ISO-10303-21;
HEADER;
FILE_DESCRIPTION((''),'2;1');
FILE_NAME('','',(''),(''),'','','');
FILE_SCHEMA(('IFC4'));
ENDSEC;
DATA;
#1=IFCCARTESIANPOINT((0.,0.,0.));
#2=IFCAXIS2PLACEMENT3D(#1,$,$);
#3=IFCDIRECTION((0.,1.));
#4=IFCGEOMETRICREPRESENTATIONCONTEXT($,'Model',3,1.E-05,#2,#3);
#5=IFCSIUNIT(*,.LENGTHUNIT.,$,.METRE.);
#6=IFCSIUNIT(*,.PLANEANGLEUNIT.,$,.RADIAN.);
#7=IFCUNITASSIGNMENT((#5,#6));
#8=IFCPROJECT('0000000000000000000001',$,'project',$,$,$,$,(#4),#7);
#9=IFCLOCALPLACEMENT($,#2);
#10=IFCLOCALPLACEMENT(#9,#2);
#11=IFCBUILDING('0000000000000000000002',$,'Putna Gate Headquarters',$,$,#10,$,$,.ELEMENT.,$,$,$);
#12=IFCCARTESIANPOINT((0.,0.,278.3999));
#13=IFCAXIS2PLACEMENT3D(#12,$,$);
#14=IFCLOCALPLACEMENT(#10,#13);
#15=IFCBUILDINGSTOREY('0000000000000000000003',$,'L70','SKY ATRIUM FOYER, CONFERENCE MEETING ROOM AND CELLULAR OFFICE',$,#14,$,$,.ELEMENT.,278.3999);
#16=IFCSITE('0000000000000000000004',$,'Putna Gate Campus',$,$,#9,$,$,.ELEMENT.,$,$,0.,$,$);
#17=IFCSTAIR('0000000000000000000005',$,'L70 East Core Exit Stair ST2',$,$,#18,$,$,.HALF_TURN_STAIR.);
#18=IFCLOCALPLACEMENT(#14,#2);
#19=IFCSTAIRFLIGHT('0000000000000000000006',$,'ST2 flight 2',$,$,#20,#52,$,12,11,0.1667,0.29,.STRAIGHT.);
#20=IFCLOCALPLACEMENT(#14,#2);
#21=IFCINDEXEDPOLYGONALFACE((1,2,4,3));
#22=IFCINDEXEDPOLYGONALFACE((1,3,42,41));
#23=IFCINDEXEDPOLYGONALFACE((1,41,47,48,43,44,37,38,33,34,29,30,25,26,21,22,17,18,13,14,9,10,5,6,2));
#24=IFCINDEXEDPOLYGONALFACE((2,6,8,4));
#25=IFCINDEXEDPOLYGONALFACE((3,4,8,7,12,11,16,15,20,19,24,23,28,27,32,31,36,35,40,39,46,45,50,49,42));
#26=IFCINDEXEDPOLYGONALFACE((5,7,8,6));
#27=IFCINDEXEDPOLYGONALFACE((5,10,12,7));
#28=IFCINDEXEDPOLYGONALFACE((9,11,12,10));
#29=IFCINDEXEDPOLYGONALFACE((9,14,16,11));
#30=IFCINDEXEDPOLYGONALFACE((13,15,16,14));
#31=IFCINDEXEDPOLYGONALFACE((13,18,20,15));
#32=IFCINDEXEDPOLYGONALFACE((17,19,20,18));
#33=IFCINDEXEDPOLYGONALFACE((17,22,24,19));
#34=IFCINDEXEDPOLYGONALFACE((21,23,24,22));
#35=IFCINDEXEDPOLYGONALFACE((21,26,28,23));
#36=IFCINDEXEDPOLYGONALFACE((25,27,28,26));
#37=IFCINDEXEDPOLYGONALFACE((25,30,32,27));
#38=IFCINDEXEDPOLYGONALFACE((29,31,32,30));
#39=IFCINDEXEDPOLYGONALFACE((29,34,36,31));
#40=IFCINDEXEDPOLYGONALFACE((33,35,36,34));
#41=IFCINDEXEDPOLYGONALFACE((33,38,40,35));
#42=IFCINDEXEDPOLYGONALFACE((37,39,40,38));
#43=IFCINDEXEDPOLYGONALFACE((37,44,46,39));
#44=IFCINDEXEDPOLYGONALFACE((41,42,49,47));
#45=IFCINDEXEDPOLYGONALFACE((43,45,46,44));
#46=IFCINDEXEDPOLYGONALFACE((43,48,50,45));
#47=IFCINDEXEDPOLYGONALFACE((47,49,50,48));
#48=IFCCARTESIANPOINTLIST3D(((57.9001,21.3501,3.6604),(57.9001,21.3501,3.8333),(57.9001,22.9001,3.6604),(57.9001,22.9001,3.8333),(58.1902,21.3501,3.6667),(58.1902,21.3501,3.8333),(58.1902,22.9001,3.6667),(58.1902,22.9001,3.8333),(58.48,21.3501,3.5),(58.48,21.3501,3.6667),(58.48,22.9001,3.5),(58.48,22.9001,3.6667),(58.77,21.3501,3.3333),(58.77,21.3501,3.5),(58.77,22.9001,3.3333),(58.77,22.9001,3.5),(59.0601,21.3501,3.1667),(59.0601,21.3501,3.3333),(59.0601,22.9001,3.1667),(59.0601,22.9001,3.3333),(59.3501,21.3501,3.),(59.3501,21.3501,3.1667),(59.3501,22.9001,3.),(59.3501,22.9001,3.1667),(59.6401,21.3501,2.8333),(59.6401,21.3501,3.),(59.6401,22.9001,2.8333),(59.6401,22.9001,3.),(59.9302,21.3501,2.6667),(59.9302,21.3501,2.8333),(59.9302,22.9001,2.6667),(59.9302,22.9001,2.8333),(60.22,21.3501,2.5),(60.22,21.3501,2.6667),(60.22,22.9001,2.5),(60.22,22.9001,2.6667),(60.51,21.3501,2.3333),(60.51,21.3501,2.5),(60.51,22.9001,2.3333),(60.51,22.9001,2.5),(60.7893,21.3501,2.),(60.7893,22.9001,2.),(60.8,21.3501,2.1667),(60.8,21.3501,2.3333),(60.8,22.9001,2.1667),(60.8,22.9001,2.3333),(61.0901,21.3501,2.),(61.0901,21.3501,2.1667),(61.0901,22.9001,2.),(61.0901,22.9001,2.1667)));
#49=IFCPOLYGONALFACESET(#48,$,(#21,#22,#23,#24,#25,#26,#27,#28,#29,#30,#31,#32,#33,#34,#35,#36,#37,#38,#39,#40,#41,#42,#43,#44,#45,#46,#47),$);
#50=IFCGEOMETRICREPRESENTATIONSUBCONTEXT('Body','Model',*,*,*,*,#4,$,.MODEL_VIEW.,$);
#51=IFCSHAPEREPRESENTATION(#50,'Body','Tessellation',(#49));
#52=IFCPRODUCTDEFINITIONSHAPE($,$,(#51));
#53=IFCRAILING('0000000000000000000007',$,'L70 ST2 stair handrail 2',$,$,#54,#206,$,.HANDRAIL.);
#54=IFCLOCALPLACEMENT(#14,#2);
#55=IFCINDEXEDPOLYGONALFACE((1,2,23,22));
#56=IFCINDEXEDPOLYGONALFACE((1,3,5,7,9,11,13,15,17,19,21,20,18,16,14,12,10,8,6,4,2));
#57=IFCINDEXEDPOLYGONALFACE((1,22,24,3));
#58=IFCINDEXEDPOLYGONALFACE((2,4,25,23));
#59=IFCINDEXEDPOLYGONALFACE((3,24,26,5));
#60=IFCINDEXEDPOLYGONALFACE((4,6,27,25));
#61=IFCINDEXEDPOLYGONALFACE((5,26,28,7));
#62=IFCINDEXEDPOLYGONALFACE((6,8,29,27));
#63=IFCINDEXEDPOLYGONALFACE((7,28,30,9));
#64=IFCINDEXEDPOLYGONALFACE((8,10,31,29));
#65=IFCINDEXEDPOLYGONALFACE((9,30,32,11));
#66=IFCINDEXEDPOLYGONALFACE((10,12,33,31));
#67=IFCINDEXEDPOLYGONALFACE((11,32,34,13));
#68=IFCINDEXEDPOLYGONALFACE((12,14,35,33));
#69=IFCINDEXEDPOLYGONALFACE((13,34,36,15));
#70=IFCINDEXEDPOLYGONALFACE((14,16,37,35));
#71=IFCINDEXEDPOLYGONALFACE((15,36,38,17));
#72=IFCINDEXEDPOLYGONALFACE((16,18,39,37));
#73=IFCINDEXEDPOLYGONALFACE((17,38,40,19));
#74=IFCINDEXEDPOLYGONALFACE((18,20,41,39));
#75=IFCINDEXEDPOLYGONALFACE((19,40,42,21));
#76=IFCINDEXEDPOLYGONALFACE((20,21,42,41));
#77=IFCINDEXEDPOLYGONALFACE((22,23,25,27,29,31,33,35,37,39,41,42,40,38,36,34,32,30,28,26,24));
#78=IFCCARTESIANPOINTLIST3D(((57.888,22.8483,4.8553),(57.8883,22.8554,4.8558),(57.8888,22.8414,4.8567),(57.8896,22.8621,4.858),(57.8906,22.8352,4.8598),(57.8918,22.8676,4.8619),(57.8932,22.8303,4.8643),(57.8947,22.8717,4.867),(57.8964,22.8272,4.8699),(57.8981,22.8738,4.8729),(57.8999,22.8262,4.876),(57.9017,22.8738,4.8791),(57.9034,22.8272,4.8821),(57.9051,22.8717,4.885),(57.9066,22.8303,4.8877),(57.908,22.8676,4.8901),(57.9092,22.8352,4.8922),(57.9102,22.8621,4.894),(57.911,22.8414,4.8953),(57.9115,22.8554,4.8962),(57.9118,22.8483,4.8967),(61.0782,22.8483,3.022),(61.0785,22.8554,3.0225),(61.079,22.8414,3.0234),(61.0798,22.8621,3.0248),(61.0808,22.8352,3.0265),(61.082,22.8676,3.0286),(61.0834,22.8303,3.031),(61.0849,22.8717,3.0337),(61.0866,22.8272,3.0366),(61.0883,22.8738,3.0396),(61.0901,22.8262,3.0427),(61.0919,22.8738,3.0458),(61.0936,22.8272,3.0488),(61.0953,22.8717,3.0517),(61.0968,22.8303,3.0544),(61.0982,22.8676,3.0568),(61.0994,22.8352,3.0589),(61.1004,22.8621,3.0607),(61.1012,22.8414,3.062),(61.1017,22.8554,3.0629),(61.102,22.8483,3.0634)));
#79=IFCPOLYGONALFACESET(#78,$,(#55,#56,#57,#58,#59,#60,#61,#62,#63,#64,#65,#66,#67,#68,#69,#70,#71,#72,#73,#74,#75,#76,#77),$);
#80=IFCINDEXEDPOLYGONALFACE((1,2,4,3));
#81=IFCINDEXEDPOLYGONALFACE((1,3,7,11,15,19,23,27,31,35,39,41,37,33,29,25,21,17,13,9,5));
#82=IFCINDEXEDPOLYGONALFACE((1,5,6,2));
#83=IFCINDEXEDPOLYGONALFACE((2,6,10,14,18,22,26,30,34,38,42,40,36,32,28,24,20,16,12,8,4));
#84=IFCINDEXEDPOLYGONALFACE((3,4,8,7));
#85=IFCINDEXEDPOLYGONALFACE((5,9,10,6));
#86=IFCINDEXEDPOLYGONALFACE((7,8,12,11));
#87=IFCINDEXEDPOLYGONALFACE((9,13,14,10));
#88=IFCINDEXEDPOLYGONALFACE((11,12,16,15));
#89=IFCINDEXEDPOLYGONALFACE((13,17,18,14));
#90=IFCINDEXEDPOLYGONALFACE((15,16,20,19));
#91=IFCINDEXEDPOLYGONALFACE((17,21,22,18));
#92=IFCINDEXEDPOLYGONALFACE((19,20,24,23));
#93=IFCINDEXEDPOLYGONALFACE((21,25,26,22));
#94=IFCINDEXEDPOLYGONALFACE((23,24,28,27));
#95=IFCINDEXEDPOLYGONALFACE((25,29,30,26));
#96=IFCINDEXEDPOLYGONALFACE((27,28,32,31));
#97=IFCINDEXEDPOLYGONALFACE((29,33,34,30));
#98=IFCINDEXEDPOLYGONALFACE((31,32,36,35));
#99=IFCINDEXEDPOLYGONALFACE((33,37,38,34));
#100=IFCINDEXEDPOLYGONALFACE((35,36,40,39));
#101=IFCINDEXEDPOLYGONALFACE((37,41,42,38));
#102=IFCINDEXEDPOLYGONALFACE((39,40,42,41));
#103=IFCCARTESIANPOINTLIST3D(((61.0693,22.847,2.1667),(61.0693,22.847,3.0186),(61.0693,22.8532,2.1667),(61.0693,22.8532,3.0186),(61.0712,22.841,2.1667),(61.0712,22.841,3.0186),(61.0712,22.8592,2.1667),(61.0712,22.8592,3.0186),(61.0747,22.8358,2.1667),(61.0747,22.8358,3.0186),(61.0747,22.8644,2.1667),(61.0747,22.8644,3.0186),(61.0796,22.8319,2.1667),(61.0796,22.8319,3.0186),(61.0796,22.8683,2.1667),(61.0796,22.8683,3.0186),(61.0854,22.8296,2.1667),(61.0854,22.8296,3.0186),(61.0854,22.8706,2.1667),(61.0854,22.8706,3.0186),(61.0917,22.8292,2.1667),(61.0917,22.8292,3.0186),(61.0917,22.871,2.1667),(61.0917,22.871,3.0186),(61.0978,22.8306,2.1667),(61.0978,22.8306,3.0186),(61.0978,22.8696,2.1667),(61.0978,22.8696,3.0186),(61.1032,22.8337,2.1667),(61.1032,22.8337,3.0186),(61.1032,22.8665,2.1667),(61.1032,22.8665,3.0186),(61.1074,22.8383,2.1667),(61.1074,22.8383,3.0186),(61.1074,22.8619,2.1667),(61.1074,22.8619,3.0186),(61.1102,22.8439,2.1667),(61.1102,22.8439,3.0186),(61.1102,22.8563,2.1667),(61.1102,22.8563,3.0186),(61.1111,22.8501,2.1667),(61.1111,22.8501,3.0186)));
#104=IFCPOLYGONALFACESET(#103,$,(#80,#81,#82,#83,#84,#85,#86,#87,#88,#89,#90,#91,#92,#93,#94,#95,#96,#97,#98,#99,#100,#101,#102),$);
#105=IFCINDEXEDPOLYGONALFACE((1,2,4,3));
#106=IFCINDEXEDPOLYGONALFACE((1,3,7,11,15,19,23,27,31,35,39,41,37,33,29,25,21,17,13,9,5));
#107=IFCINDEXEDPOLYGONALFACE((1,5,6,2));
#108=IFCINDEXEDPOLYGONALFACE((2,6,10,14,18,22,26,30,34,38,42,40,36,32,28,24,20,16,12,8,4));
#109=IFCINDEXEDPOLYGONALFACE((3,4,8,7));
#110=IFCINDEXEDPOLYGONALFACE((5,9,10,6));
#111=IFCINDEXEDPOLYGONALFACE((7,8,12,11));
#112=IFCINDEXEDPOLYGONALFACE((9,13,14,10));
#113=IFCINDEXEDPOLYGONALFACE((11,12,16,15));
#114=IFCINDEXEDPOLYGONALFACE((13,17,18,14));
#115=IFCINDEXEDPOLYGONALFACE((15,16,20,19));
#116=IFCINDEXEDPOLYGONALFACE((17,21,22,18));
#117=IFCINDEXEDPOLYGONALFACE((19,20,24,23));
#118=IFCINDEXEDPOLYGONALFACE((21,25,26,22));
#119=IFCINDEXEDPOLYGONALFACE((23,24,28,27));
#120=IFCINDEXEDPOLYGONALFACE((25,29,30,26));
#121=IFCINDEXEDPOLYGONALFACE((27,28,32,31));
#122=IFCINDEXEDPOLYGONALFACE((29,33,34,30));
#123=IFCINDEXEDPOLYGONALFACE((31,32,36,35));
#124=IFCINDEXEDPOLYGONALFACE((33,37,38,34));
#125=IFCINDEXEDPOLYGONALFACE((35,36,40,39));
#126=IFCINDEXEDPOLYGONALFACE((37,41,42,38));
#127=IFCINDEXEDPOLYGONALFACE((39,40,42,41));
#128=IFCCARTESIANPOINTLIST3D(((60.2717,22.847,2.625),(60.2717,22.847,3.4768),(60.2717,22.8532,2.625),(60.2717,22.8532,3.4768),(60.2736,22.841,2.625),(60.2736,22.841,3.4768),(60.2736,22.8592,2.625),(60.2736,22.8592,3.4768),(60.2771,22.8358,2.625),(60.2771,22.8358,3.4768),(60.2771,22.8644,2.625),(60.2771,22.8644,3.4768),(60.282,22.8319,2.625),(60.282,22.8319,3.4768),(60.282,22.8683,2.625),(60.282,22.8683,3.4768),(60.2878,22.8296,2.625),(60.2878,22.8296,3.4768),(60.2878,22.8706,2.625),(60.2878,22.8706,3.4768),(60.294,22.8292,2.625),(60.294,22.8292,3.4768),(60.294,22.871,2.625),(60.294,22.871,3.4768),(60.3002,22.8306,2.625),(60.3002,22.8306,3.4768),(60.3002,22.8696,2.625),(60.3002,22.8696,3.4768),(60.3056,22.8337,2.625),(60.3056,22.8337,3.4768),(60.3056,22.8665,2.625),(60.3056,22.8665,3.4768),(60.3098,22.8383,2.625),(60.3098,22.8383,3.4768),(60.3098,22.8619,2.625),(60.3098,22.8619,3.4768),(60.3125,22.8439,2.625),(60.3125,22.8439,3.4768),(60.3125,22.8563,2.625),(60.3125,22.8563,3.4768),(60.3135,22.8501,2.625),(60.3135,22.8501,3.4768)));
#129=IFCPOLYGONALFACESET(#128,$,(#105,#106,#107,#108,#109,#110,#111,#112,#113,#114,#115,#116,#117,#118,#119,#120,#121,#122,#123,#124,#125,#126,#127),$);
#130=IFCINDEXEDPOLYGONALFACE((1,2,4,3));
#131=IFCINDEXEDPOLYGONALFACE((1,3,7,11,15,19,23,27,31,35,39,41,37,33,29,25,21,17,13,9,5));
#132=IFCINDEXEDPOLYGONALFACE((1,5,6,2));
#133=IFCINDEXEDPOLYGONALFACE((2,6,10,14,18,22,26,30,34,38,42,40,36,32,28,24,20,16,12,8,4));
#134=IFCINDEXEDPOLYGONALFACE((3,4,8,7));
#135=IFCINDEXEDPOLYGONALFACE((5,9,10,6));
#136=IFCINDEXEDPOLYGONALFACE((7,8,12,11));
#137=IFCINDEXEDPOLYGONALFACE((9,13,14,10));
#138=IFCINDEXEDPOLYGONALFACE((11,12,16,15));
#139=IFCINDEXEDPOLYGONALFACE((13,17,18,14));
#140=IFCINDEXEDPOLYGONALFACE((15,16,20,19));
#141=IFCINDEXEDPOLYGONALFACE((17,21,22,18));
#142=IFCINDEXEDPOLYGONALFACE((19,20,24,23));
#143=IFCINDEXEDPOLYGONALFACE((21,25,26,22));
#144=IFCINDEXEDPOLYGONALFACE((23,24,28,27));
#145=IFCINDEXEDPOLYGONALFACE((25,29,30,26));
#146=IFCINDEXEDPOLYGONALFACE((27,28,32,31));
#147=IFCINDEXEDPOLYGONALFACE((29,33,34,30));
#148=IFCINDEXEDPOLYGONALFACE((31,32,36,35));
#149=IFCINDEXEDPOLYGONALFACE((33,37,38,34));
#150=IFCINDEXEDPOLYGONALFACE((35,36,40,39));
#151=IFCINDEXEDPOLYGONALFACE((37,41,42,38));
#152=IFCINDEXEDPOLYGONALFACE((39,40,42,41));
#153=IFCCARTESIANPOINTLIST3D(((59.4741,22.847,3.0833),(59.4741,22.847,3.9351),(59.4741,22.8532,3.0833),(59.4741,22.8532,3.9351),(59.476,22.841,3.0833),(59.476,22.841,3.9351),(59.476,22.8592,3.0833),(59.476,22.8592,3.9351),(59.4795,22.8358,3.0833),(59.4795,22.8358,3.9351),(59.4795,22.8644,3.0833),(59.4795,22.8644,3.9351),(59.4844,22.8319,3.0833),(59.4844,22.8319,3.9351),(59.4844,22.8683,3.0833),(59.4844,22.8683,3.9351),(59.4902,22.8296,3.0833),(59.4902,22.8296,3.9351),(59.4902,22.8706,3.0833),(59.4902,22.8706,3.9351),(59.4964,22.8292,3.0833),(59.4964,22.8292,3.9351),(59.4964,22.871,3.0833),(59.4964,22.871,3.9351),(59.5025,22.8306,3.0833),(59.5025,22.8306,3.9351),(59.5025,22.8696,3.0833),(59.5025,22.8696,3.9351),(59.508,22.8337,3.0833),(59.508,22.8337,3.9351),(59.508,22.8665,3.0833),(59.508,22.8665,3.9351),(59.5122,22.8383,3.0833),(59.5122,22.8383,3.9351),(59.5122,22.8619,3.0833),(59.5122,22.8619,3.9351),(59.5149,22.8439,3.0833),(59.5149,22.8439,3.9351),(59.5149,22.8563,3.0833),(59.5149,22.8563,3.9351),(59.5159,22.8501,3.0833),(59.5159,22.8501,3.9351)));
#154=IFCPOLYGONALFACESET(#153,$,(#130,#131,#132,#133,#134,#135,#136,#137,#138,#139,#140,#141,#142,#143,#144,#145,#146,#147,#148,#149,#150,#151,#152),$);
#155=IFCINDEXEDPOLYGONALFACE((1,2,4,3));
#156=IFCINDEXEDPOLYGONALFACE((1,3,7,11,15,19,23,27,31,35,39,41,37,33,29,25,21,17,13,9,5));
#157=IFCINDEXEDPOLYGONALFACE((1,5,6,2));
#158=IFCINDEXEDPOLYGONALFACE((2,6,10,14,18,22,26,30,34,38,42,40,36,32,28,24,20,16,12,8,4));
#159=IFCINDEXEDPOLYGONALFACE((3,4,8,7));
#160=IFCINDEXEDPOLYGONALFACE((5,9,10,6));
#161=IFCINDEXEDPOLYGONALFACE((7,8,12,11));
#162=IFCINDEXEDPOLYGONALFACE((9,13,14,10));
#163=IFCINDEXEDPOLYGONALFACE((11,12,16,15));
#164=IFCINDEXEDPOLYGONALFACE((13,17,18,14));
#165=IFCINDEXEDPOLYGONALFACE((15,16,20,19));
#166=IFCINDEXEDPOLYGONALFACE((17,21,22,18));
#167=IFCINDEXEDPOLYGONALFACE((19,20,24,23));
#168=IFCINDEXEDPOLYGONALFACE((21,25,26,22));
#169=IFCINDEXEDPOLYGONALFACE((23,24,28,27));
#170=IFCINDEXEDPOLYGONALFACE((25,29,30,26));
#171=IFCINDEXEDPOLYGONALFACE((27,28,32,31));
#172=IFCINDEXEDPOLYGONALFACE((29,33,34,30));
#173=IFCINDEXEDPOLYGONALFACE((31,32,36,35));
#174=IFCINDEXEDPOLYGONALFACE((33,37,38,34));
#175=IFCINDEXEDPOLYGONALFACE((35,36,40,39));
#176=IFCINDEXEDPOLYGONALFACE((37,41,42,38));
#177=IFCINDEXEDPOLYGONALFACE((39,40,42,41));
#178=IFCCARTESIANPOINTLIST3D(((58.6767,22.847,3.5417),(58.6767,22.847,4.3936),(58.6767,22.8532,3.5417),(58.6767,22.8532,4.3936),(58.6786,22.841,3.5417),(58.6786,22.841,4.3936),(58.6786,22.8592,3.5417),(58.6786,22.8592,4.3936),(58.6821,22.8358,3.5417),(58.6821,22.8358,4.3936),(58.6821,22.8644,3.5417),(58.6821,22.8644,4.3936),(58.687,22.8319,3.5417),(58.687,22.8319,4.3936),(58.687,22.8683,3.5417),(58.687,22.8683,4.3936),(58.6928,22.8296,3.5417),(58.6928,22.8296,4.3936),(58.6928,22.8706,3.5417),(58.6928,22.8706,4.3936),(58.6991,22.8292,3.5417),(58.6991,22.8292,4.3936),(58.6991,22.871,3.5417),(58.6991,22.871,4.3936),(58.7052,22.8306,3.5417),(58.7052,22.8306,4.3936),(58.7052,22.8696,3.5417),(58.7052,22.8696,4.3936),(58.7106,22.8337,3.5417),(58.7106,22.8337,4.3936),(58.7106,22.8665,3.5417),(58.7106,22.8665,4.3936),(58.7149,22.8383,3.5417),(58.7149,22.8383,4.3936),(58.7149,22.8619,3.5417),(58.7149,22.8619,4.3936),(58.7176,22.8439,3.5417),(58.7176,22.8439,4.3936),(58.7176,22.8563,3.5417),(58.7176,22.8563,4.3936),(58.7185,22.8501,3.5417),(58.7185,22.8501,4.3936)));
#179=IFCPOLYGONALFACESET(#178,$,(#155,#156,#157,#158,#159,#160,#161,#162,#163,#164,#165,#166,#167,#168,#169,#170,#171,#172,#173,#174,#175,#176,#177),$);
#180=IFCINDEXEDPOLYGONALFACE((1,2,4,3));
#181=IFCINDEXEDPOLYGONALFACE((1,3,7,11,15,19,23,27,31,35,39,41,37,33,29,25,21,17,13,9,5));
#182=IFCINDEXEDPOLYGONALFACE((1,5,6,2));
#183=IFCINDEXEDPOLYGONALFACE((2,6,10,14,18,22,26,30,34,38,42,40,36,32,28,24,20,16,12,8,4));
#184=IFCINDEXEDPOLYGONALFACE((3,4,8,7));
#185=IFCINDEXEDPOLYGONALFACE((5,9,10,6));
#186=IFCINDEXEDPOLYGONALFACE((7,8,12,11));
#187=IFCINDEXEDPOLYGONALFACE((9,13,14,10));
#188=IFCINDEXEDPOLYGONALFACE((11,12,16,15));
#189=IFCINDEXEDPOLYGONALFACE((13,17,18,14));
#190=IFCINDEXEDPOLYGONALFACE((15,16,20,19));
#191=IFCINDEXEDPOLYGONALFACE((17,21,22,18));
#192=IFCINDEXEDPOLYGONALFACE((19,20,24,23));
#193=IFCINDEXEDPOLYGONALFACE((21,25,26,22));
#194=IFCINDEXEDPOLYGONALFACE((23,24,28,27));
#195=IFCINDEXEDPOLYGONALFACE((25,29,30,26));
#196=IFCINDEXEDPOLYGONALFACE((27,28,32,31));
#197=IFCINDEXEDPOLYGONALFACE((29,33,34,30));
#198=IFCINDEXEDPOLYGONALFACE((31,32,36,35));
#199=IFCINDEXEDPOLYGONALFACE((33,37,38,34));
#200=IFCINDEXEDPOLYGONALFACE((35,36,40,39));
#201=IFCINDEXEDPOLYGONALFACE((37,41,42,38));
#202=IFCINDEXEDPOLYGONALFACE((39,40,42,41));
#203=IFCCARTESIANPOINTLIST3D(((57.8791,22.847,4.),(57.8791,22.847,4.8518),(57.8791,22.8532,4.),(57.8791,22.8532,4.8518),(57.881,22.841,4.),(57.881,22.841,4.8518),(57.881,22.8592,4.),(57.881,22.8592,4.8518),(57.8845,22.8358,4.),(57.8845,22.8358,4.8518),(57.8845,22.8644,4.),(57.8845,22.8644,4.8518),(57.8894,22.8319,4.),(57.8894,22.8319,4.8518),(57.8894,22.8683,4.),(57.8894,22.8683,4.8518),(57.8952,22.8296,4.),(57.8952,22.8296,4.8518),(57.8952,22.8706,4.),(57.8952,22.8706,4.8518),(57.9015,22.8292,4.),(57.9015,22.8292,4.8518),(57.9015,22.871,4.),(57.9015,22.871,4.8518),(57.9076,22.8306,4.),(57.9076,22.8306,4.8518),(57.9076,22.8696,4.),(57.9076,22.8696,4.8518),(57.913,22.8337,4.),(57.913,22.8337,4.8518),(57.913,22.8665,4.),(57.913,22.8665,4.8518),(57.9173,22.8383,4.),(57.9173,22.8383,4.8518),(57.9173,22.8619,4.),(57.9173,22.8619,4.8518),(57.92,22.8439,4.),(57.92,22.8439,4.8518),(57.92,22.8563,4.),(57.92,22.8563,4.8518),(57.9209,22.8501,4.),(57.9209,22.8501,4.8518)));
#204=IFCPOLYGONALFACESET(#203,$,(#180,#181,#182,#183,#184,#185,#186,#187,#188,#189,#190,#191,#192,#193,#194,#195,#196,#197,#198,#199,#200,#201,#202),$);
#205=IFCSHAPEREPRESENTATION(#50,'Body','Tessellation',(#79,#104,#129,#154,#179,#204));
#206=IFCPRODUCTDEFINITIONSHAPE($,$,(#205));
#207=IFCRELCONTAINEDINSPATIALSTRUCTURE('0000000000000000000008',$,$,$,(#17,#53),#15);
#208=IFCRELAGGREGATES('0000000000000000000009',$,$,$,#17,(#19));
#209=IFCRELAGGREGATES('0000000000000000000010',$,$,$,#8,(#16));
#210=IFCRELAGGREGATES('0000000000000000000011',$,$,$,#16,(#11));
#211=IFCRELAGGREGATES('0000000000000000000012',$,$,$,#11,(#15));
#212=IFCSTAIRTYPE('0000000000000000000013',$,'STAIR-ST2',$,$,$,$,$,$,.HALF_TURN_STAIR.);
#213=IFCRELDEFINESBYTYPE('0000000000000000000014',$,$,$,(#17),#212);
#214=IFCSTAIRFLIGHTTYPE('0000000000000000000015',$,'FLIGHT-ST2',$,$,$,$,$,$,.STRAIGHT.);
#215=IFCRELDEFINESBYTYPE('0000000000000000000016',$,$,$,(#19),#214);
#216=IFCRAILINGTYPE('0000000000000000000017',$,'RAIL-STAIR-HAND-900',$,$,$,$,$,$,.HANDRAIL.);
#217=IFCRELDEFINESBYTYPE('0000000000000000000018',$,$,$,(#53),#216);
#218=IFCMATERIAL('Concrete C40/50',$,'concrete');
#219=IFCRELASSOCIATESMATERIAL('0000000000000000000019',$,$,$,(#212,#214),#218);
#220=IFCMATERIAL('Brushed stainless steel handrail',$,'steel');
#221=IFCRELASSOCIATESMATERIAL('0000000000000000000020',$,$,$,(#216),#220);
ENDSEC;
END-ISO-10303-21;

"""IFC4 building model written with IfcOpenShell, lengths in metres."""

from ifc_helpers import new_model, si_unit, direction, frame, origin, origin_2d, place, context, subcontext, project, spatial, polyline, circle, outline, extrude, material, type_object, element, aggregate, save


model = new_model("IFC4")

# Units and contexts
model_context = context("Model", 3, precision=1e-05, world=origin(), true_north=direction((0.0, 1.0)))
body_context = subcontext(model_context, "Body", "Model", "MODEL_VIEW")
ifc_project = project(units=[si_unit("LENGTHUNIT", "METRE"), si_unit("PLANEANGLEUNIT", "RADIAN")], contexts=[model_context])

# Site, building, storey
site_placement = place(None, origin())
site = spatial("IfcSite", under=ifc_project, at=site_placement, Name="Putna Gate Campus", CompositionType="ELEMENT", RefElevation=0.0)
building_placement = place(site_placement, origin())
building = spatial("IfcBuilding", under=site, at=building_placement, Name="Putna Gate Headquarters", CompositionType="ELEMENT")
storey_placement = place(building_placement, frame((0.0, 0.0, 278.3999)))
storey = spatial("IfcBuildingStorey", under=building, at=storey_placement, Name="L70", Description="SKY ATRIUM FOYER, CONFERENCE MEETING ROOM AND CELLULAR OFFICE", CompositionType="ELEMENT", Elevation=278.3999)

# Shared definitions
ifc_material_1 = material(Name="Concrete C40/50", Category="concrete")

# Stair, stair flight
stair_type = type_object("IfcStairType", Name="STAIR-ST2", PredefinedType="HALF_TURN_STAIR", material=ifc_material_1)
stair_placement = place(storey_placement, origin())
stair = element("IfcStair", 1, at=stair_placement, inside=storey, type_object=stair_type, Name="L70 East Core Exit Stair ST2", PredefinedType="HALF_TURN_STAIR")
stair_flight_type = type_object("IfcStairFlightType", Name="FLIGHT-ST2", PredefinedType="STRAIGHT", material=ifc_material_1)
stair_flight_placement = place(storey_placement, frame((61.0901, 22.125, 2.0), z_axis=(0.0, 0.0, 1.0), x_axis=(-1.0, 0.0, 0.0)))
stair_flight = element("IfcStairFlight", 2, at=stair_flight_placement, type_object=stair_flight_type, Name="ST2 flight 2", NumberOfRisers=12, NumberOfTreads=11, PredefinedType="STRAIGHT", RiserHeight=0.1667, TreadLength=0.29, context=body_context, shape_type="SweptSolid", body=[
    extrude(outline(polyline([(0.0, 0.0), (0.0, 0.1667), (0.29, 0.1667), (0.29, 0.3333), (0.5801, 0.3333), (0.5801, 0.5), (0.8701, 0.5), (0.8701, 0.6667), (1.1599, 0.6667), (1.1599, 0.8333), (1.45, 0.8333), (1.45, 1.0), (1.74, 1.0), (1.74, 1.1667), (2.03, 1.1667), (2.03, 1.3333), (2.3201, 1.3333), (2.3201, 1.5), (2.6101, 1.5), (2.6101, 1.6667), (2.8999, 1.6667), (2.8999, 1.8333), (3.1899, 1.8333), (3.1899, 2.0), (3.1899, 1.6604), (0.3008, 0.0), (0.0, 0.0)])), frame((0.0, 0.7749, 0.0), z_axis=(0.0, -1.0, 0.0), x_axis=(1.0, 0.0, 0.0)), (0.0, 0.0, 1.0), 1.55),
])
aggregate(stair, [stair_flight])

# Railing
ifc_material_2 = material(Name="Brushed stainless steel handrail", Category="steel")
railing_type = type_object("IfcRailingType", Name="RAIL-STAIR-HAND-900", PredefinedType="HANDRAIL", material=ifc_material_2)
railing_placement = place(storey_placement, frame((61.0901, 22.8501, 2.1667)))
element("IfcRailing", 3, at=railing_placement, inside=storey, type_object=railing_type, Name="L70 ST2 stair handrail 2", PredefinedType="HANDRAIL", context=body_context, shape_type="SweptSolid", body=[
    extrude(circle(Radius=0.0239, at=origin_2d()), frame((0.0, 0.0, 0.876), z_axis=(-0.867036, 0.0, 0.498245), x_axis=(0.0, -1.0, 0.0)), (0.0, 0.0, 1.0), 3.6794),
    extrude(circle(Radius=0.021, at=origin_2d()), origin(), (0.0, 0.0, 1.0), 0.8518),
    extrude(circle(Radius=0.021, at=origin_2d()), frame((-0.7976, 0.0, 0.4583)), (0.0, 0.0, 1.0), 0.8518),
    extrude(circle(Radius=0.021, at=origin_2d()), frame((-1.5952, 0.0, 0.9165)), (0.0, 0.0, 1.0), 0.8518),
    extrude(circle(Radius=0.021, at=origin_2d()), frame((-2.3926, 0.0, 1.375)), (0.0, 0.0, 1.0), 0.8518),
    extrude(circle(Radius=0.021, at=origin_2d()), frame((-3.1902, 0.0, 1.8333)), (0.0, 0.0, 1.0), 0.8518),
])

save(model, "model.ifc")
